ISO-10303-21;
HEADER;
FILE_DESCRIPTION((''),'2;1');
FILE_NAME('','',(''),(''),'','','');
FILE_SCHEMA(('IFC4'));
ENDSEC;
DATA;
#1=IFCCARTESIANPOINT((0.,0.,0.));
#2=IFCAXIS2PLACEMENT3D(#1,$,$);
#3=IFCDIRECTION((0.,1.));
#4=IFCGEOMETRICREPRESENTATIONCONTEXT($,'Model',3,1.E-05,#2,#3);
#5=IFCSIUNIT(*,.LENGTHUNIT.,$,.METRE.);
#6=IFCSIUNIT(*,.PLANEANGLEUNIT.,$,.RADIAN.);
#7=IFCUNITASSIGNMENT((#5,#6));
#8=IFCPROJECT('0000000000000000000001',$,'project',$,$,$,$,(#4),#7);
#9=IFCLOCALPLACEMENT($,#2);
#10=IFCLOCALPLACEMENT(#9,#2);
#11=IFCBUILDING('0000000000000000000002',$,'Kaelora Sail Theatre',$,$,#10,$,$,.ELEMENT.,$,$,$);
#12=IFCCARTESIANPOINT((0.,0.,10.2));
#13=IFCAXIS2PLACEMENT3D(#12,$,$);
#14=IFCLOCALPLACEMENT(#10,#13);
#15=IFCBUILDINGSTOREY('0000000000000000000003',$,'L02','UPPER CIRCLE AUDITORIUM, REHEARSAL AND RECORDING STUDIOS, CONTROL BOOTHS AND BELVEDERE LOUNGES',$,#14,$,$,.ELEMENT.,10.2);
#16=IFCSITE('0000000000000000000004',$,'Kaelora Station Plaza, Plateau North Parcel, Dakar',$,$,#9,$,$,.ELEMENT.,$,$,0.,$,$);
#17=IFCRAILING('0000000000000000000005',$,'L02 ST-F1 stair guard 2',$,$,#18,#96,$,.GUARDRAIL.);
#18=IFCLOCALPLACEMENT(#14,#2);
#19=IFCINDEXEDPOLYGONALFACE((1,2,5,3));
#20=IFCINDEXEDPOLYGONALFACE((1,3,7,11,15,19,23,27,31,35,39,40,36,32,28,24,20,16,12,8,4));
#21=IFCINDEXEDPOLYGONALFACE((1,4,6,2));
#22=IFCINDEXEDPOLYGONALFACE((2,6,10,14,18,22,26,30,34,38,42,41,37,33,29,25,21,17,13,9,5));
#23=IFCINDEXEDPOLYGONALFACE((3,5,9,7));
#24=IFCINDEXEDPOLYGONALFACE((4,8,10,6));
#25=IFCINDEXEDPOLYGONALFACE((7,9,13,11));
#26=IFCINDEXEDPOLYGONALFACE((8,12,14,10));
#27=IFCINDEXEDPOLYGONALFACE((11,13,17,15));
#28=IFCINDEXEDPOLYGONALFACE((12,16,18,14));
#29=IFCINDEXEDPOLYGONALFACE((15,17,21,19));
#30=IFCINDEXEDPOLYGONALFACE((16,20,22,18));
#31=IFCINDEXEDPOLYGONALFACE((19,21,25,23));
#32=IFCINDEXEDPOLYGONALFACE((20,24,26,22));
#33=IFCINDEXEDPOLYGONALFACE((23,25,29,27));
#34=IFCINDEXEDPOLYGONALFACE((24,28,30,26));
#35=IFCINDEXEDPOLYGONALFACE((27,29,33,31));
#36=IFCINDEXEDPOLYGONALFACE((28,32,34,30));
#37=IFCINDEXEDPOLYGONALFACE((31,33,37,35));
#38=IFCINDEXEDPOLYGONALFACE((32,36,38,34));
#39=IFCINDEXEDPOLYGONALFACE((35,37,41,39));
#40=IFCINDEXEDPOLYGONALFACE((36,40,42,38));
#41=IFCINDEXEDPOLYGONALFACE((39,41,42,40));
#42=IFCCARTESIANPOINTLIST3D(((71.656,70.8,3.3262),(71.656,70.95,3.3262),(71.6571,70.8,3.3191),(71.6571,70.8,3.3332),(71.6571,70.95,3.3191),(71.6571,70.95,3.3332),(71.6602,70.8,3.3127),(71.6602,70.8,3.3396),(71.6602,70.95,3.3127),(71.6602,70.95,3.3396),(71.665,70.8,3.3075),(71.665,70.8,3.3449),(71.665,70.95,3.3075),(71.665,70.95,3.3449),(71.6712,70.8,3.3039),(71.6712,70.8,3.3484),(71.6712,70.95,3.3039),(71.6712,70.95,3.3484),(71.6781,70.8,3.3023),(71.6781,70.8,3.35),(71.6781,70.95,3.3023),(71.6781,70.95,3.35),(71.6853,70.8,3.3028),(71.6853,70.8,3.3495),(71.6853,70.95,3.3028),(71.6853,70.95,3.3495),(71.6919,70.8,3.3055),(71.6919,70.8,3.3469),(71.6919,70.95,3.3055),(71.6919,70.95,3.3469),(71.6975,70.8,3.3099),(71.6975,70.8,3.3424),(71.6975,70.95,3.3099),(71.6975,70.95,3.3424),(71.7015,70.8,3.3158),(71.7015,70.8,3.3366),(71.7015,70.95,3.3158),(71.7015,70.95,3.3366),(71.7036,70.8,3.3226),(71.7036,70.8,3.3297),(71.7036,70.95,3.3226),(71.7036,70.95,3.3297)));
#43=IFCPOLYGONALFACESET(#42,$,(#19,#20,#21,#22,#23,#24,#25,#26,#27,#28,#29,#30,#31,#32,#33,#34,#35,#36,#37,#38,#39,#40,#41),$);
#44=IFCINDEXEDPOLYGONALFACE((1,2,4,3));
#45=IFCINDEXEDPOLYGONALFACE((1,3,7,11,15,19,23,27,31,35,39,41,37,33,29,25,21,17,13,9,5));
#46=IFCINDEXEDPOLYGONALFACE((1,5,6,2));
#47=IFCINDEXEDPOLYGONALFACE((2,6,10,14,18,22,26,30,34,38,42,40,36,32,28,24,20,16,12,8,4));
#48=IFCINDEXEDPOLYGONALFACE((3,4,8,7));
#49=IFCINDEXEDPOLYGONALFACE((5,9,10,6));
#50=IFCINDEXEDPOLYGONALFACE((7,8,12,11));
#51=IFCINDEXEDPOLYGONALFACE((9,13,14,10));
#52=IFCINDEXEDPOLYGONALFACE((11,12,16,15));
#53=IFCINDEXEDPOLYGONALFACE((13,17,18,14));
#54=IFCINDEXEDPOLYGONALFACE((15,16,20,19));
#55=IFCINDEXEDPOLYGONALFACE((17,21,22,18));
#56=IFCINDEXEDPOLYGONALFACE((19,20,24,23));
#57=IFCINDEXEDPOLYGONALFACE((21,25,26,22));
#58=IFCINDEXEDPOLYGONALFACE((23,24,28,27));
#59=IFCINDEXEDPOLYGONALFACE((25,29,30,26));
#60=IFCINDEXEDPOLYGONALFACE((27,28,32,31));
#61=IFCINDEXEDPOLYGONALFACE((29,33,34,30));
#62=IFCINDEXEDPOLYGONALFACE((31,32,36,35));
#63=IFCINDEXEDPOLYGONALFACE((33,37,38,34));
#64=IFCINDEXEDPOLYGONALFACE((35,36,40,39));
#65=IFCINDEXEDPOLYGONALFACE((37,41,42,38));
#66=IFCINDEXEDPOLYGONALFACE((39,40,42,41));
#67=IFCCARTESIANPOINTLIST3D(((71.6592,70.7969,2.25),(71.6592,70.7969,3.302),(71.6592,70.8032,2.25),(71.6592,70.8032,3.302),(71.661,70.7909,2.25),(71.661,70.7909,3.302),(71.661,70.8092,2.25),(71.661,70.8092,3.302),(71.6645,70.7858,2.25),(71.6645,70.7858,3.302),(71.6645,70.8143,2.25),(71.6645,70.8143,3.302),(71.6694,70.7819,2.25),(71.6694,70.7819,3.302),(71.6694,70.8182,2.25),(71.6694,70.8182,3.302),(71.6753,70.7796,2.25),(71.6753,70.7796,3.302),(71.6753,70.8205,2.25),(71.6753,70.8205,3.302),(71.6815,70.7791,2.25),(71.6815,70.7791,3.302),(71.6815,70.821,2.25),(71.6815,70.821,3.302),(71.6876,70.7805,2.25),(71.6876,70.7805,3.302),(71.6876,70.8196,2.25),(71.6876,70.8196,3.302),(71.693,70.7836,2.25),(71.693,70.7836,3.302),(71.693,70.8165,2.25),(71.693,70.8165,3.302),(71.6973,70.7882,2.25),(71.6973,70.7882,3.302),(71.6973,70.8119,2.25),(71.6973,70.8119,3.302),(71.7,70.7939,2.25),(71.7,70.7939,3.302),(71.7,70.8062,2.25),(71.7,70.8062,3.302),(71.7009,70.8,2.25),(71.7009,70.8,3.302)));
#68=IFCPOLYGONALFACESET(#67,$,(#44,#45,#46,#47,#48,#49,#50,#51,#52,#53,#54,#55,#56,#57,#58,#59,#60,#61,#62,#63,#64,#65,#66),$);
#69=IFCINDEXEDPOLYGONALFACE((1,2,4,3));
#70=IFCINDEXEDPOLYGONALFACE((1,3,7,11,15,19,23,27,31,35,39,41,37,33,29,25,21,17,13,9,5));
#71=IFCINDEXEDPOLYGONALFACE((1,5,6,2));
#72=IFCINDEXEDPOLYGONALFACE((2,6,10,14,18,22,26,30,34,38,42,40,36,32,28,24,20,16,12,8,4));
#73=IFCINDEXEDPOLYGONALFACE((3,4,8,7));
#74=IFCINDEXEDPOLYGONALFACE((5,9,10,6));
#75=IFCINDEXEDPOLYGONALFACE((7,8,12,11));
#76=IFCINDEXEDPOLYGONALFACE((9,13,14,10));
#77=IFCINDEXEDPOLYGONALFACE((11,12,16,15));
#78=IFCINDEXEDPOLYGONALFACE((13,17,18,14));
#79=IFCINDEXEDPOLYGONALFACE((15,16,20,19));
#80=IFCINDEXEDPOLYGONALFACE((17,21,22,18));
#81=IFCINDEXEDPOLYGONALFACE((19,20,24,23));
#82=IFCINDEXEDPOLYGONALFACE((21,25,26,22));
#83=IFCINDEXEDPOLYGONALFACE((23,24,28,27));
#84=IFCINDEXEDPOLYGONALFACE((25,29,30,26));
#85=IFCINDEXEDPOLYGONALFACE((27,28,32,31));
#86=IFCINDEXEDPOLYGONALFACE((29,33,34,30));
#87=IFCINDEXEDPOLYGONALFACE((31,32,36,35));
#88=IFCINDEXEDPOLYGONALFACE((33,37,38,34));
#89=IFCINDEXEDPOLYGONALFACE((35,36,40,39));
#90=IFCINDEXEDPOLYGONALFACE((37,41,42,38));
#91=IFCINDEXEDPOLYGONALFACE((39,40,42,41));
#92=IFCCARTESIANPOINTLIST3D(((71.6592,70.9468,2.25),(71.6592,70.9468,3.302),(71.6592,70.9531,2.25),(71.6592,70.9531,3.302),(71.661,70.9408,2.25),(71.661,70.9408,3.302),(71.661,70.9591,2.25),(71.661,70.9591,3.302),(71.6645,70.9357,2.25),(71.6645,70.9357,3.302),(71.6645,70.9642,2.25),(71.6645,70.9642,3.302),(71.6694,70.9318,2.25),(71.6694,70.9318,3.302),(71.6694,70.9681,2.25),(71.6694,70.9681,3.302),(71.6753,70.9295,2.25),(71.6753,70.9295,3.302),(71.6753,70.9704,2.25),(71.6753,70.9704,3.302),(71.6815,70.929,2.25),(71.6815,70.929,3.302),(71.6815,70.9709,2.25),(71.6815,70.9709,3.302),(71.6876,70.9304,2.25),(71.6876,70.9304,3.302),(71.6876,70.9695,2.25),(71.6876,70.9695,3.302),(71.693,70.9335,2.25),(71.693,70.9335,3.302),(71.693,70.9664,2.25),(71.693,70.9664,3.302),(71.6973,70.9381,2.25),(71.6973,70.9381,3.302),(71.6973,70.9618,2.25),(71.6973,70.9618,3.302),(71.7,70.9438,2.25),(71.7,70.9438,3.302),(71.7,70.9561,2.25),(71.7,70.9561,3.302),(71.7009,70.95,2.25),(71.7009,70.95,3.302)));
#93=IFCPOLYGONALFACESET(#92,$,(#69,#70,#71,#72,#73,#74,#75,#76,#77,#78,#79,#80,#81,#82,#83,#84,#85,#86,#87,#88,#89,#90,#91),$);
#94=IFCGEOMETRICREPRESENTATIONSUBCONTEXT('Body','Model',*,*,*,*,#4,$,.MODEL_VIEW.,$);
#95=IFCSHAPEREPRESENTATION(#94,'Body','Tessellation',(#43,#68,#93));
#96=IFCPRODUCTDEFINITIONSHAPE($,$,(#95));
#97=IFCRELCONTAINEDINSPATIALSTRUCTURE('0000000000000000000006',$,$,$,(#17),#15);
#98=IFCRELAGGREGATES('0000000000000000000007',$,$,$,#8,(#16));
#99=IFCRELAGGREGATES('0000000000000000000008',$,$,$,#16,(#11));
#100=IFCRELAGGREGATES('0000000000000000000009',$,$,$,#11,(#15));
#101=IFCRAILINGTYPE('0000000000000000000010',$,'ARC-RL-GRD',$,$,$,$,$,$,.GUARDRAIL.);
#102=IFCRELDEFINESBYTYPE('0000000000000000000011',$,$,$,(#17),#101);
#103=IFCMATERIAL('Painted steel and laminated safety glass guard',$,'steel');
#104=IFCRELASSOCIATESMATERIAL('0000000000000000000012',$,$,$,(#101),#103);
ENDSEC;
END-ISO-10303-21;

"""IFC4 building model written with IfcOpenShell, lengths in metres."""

from ifc_helpers import new_model, si_unit, direction, frame, origin, origin_2d, place, context, subcontext, project, spatial, circle, extrude, material, type_object, element, save


model = new_model("IFC4")

# Units and contexts
model_context = context("Model", 3, precision=1e-05, world=origin(), true_north=direction((0.0, 1.0)))
body_context = subcontext(model_context, "Body", "Model", "MODEL_VIEW")
ifc_project = project(units=[si_unit("LENGTHUNIT", "METRE"), si_unit("PLANEANGLEUNIT", "RADIAN")], contexts=[model_context])

# Site, building, storey
site_placement = place(None, origin())
site = spatial("IfcSite", under=ifc_project, at=site_placement, Name="Kaelora Station Plaza, Plateau North Parcel, Dakar", CompositionType="ELEMENT", RefElevation=0.0)
building_placement = place(site_placement, origin())
building = spatial("IfcBuilding", under=site, at=building_placement, Name="Kaelora Sail Theatre", CompositionType="ELEMENT")
storey_placement = place(building_placement, frame((0.0, 0.0, 10.2)))
storey = spatial("IfcBuildingStorey", under=building, at=storey_placement, Name="L02", Description="UPPER CIRCLE AUDITORIUM, REHEARSAL AND RECORDING STUDIOS, CONTROL BOOTHS AND BELVEDERE LOUNGES", CompositionType="ELEMENT", Elevation=10.2)

# Railing
ifc_material_1 = material(Name="Painted steel and laminated safety glass guard", Category="steel")
railing_type_1 = type_object("IfcRailingType", Name="ARC-RL-GRD", PredefinedType="GUARDRAIL", material=ifc_material_1)
railing_1_placement = place(storey_placement, frame((71.6799, 70.8, 2.25)))
element("IfcRailing", 1, at=railing_1_placement, inside=storey, type_object=railing_type_1, Name="L02 ST-F1 stair guard 2", PredefinedType="GUARDRAIL", context=body_context, shape_type="SweptSolid", body=[
    extrude(circle(Radius=0.0239, at=origin_2d()), frame((0.0, 0.0, 1.0762), z_axis=(0.0, 1.0, 0.0), x_axis=(-1.0, 0.0, 0.0)), (0.0, 0.0, 1.0), 0.1499),
    extrude(circle(Radius=0.021, at=origin_2d()), origin(), (0.0, 0.0, 1.0), 1.052),
    extrude(circle(Radius=0.021, at=origin_2d()), frame((0.0, 0.1499, 0.0)), (0.0, 0.0, 1.0), 1.052),
])

save(model, "model.ifc")
